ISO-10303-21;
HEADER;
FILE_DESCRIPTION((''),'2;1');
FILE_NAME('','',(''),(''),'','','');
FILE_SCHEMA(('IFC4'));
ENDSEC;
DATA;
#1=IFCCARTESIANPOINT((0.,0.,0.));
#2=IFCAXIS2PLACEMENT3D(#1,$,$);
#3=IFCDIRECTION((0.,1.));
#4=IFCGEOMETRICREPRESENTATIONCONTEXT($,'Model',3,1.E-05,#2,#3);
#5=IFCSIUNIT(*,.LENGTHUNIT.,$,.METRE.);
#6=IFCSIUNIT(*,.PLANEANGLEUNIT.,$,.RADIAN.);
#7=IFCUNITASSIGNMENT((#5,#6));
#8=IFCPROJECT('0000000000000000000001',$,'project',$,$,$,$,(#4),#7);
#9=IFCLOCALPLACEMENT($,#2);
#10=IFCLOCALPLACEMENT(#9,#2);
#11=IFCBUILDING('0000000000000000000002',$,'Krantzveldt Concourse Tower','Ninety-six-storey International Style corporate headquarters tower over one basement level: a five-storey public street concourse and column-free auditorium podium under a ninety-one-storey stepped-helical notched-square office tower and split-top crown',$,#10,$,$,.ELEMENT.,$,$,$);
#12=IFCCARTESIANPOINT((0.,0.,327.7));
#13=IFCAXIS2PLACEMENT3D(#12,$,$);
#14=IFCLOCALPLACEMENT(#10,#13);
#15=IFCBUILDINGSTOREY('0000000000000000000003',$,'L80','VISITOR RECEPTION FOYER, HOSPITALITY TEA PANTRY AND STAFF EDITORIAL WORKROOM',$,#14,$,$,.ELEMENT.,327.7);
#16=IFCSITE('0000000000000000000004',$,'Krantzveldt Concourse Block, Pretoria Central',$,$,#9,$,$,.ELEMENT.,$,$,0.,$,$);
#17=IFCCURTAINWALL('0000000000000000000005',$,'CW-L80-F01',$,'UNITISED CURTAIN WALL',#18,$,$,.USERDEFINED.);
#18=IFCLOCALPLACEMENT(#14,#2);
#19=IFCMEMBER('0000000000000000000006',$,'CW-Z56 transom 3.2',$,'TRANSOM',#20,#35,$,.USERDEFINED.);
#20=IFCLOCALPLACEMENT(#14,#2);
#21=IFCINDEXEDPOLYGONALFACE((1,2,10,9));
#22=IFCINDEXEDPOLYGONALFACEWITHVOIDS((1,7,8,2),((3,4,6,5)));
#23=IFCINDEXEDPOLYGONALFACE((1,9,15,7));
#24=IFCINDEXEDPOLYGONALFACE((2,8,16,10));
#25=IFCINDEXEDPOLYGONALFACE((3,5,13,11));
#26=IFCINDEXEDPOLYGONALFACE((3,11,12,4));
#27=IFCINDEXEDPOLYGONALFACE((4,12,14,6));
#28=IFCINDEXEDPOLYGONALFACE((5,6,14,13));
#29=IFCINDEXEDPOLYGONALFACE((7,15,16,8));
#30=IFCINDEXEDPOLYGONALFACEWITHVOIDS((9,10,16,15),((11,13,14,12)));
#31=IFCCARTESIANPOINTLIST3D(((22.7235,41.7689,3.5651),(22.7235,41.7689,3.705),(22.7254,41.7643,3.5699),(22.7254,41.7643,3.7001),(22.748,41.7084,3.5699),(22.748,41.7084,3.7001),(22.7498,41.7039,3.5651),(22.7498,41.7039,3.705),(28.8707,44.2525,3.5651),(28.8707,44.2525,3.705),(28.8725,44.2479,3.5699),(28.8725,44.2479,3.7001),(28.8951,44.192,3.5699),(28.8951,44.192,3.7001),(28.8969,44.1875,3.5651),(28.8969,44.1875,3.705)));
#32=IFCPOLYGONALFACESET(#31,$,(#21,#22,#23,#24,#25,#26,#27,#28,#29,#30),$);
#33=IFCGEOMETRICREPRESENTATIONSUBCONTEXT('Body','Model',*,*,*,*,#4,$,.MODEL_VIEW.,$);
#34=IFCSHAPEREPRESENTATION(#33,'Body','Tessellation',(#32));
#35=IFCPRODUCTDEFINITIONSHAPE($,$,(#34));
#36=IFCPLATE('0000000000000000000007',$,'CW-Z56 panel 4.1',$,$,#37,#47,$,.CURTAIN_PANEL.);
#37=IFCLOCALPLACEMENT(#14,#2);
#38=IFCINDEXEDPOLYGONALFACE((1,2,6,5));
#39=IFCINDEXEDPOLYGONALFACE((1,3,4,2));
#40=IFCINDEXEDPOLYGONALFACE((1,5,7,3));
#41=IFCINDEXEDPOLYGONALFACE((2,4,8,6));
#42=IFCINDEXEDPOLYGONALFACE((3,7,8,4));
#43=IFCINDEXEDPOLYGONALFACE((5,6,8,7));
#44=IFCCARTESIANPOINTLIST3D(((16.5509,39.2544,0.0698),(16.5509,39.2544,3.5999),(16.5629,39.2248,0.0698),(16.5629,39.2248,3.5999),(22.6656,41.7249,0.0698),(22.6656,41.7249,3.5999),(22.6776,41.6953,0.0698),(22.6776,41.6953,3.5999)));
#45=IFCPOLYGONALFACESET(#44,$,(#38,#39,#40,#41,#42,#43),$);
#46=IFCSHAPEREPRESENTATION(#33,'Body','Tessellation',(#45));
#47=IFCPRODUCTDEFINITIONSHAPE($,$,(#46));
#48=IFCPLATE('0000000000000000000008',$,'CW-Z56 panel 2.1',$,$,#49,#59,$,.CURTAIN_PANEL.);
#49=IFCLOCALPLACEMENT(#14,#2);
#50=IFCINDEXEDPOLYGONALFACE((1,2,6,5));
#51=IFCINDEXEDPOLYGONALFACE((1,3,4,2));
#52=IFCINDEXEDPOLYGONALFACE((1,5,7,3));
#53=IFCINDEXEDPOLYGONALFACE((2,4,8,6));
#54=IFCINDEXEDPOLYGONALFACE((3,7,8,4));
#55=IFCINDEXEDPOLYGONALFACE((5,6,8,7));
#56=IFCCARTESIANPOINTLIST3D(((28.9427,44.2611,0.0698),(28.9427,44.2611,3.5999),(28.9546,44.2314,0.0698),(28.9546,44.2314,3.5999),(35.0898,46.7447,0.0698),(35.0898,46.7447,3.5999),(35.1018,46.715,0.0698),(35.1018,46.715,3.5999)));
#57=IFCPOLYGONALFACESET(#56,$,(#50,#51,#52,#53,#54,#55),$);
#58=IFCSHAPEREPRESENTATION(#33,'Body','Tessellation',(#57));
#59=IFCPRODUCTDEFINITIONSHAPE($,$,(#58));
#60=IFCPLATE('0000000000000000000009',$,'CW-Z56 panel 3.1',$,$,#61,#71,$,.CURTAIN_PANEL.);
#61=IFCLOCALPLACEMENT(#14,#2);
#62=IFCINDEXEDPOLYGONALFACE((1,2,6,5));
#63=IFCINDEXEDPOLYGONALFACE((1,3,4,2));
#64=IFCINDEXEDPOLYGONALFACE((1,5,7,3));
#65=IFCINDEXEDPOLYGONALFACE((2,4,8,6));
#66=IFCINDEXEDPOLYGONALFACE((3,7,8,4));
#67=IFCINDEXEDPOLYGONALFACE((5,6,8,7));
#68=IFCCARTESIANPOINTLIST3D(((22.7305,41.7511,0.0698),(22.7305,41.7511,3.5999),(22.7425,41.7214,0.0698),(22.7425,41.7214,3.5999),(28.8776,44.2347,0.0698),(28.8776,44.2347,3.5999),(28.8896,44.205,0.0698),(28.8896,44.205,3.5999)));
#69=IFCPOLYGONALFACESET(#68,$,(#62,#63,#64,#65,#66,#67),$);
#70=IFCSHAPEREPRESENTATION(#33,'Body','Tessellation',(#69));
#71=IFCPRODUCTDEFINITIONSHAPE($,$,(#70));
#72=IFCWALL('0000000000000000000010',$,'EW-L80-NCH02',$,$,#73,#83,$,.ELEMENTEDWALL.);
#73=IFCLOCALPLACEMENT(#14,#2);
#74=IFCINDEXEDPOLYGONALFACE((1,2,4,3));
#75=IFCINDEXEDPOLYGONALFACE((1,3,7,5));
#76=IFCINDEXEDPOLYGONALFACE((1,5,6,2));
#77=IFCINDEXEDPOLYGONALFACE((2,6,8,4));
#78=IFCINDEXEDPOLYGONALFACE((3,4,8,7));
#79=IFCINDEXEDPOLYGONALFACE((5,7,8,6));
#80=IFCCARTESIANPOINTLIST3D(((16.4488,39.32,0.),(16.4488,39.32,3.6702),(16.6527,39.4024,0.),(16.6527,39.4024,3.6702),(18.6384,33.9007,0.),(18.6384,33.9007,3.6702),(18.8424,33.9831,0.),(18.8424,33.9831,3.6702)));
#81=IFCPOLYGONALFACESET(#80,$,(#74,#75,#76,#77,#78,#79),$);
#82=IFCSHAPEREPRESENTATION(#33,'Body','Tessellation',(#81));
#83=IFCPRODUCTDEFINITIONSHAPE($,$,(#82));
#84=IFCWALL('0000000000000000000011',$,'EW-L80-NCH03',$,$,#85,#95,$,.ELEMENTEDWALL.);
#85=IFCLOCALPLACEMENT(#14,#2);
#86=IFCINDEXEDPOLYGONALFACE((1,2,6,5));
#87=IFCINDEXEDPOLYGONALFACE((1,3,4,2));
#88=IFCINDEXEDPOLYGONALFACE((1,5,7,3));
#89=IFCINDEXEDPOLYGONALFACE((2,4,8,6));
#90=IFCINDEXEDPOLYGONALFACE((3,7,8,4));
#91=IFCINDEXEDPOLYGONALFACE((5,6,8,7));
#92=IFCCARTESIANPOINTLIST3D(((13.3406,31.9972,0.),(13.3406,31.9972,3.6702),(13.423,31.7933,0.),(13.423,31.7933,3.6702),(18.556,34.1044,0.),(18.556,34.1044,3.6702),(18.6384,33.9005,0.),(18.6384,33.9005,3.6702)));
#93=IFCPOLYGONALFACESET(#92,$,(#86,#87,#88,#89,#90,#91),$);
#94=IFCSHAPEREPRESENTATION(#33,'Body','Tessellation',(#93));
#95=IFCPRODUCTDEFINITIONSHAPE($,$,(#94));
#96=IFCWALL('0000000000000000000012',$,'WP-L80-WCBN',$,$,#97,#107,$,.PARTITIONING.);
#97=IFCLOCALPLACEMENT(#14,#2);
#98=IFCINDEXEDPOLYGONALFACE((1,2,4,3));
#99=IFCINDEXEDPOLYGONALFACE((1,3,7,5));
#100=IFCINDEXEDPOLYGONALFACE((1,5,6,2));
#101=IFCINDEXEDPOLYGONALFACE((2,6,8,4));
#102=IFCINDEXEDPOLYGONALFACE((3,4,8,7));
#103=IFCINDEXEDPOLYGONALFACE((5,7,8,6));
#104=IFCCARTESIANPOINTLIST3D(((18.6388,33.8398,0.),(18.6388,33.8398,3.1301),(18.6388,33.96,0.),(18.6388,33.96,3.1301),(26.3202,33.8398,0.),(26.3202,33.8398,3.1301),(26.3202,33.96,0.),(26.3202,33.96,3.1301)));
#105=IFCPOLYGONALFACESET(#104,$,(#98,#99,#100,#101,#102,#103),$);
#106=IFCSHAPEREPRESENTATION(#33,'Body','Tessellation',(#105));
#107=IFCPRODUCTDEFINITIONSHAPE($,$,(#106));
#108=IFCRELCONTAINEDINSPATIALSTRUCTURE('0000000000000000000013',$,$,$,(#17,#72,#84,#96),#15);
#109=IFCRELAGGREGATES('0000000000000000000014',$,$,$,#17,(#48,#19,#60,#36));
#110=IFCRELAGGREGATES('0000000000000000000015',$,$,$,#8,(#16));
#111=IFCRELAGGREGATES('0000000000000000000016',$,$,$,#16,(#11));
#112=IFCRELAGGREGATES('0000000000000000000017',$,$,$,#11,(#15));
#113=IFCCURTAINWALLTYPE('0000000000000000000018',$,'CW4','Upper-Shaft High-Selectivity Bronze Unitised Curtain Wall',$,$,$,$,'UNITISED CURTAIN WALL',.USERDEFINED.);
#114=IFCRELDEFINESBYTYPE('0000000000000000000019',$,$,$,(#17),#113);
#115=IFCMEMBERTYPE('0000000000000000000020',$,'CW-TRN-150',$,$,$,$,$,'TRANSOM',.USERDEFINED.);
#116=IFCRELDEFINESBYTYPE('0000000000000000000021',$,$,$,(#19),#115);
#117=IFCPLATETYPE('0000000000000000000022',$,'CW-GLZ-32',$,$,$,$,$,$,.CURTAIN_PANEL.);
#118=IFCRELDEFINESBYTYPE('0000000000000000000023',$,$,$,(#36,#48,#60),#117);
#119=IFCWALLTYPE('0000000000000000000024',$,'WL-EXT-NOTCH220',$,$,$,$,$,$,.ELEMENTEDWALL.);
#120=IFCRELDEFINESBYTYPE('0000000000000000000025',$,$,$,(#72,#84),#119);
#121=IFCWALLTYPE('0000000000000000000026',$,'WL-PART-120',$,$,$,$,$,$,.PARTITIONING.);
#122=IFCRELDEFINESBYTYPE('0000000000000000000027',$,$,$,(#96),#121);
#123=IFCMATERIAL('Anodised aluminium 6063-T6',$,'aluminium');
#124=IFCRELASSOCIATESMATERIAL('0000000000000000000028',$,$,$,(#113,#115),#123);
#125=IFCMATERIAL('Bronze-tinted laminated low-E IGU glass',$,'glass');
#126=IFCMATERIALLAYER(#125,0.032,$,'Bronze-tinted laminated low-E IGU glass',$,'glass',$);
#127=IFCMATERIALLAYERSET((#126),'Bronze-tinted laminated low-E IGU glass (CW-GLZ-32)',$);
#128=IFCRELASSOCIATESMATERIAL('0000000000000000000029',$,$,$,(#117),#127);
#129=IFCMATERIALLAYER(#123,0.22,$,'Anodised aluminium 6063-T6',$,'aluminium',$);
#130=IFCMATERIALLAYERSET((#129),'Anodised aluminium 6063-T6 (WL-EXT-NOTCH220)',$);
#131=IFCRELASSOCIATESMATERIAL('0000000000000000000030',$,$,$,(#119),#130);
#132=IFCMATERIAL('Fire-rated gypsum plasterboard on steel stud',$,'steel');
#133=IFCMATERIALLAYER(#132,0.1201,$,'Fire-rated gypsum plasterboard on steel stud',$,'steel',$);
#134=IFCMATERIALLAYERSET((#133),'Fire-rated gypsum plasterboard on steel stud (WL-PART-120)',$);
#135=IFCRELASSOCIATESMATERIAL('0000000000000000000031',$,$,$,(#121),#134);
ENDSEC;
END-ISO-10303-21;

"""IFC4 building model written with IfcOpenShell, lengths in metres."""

from ifc_helpers import new_model, si_unit, direction, frame, frame_2d, origin, origin_2d, place, context, subcontext, project, spatial, rectangle, hollow_rectangle, extrude, source, transform, mapped, material, layer, layer_set, material_profile, profile_set, type_object, type_shapes, element, aggregate, save


model = new_model("IFC4")

# Units and contexts
model_context = context("Model", 3, precision=1e-05, world=origin(), true_north=direction((0.0, 1.0)))
body_context = subcontext(model_context, "Body", "Model", "MODEL_VIEW")
ifc_project = project(units=[si_unit("LENGTHUNIT", "METRE"), si_unit("PLANEANGLEUNIT", "RADIAN")], contexts=[model_context])

# Site, building, storey
site_placement = place(None, origin())
site = spatial("IfcSite", under=ifc_project, at=site_placement, Name="Krantzveldt Concourse Block, Pretoria Central", CompositionType="ELEMENT", RefElevation=0.0)
building_placement = place(site_placement, origin())
building = spatial("IfcBuilding", under=site, at=building_placement, Name="Krantzveldt Concourse Tower", Description="Ninety-six-storey International Style corporate headquarters tower over one basement level: a five-storey public street concourse and column-free auditorium podium under a ninety-one-storey stepped-helical notched-square office tower and split-top crown", CompositionType="ELEMENT")
storey_placement = place(building_placement, frame((0.0, 0.0, 327.7)))
storey = spatial("IfcBuildingStorey", under=building, at=storey_placement, Name="L80", Description="VISITOR RECEPTION FOYER, HOSPITALITY TEA PANTRY AND STAFF EDITORIAL WORKROOM", CompositionType="ELEMENT", Elevation=327.7)

# Curtain wall
ifc_material_1 = material(Name="Anodised aluminium 6063-T6", Category="aluminium")
curtain_wall_type = type_object("IfcCurtainWallType", Name="CW4", Description="Upper-Shaft High-Selectivity Bronze Unitised Curtain Wall", ElementType="UNITISED CURTAIN WALL", PredefinedType="USERDEFINED", material=ifc_material_1)
curtain_wall_1_placement = place(storey_placement, origin())
curtain_wall_1 = element("IfcCurtainWall", 1, at=curtain_wall_1_placement, inside=storey, type_object=curtain_wall_type, Name="CW-L80-F01", ObjectType="UNITISED CURTAIN WALL", PredefinedType="USERDEFINED")

# Member
ifc_material_profile_1 = material_profile(ifc_material_1, hollow_rectangle(XDim=0.0701, YDim=0.1399, WallThickness=0.0049, at=origin_2d()), Name="Anodised aluminium 6063-T6", Category="aluminium")
ifc_profile_set_1 = profile_set([ifc_material_profile_1], Name="Anodised aluminium 6063-T6 - ALU-TRAN 140x70x5")
member_type_1 = type_object("IfcMemberType", Name="CW-TRN-150", ElementType="TRANSOM", PredefinedType="USERDEFINED", material=ifc_profile_set_1)
shared_shape_1 = source(origin(), body_context, "Body", "SweptSolid", [
    extrude(hollow_rectangle(XDim=0.0701, YDim=0.1399, WallThickness=0.0049, at=origin_2d()), origin(), (0.0, 0.0, 1.0), 6.6299),
])
member_1_placement = place(storey_placement, frame((28.8838, 44.22, 3.635), z_axis=(-0.927184, -0.374607, 0.0), x_axis=(0.374607, -0.927184, 0.0)))
member_1 = element("IfcMember", 2, at=member_1_placement, type_object=member_type_1, Name="CW-Z56 transom 3.2", ObjectType="TRANSOM", PredefinedType="USERDEFINED", context=body_context, shape_type="MappedRepresentation", body=[
    mapped(shared_shape_1, transform((0.0, 0.0, 0.0), x_axis=(1.0, 0.0, 0.0), y_axis=(0.0, 1.0, 0.0), z_axis=(0.0, 0.0, 1.0), scale=1.0)),
])

# Plates
ifc_material_2 = material(Name="Bronze-tinted laminated low-E IGU glass", Category="glass")
ifc_layer_1 = layer(ifc_material_2, 0.032, Name="Bronze-tinted laminated low-E IGU glass", Category="glass")
ifc_layer_set_1 = layer_set([ifc_layer_1], Name="Bronze-tinted laminated low-E IGU glass (CW-GLZ-32)")
plate_type = type_object("IfcPlateType", Name="CW-GLZ-32", PredefinedType="CURTAIN_PANEL", material=ifc_layer_set_1)
shared_shape_2 = source(origin(), body_context, "Body", "SweptSolid", [
    extrude(rectangle(XDim=6.595, YDim=0.032, at=origin_2d()), origin(), (0.0, 0.0, 1.0), 3.53),
])
plate_1_placement = place(storey_placement, frame((19.6143, 40.4749, 0.0698), z_axis=(0.0, 0.0, 1.0), x_axis=(-0.927184, -0.374607, 0.0)))
plate_1 = element("IfcPlate", 3, at=plate_1_placement, type_object=plate_type, Name="CW-Z56 panel 4.1", PredefinedType="CURTAIN_PANEL", context=body_context, shape_type="MappedRepresentation", body=[
    mapped(shared_shape_2, transform((0.0, 0.0, 0.0), x_axis=(1.0, 0.0, 0.0), y_axis=(0.0, 1.0, 0.0), z_axis=(0.0, 0.0, 1.0), scale=1.0)),
])
shared_shape_3 = source(origin(), body_context, "Body", "SweptSolid", [
    extrude(rectangle(XDim=6.6299, YDim=0.032, at=origin_2d()), origin(), (0.0, 0.0, 1.0), 3.53),
])
type_shapes(plate_type, [shared_shape_2, shared_shape_3])
plate_2_placement = place(storey_placement, frame((32.0222, 45.488, 0.0698), z_axis=(0.0, 0.0, 1.0), x_axis=(-0.927184, -0.374607, 0.0)))
plate_2 = element("IfcPlate", 4, at=plate_2_placement, type_object=plate_type, Name="CW-Z56 panel 2.1", PredefinedType="CURTAIN_PANEL", context=body_context, shape_type="MappedRepresentation", body=[
    mapped(shared_shape_3, transform((0.0, 0.0, 0.0), x_axis=(1.0, 0.0, 0.0), y_axis=(0.0, 1.0, 0.0), z_axis=(0.0, 0.0, 1.0), scale=1.0)),
])
plate_3_placement = place(storey_placement, frame((25.8101, 42.978, 0.0698), z_axis=(0.0, 0.0, 1.0), x_axis=(-0.927184, -0.374607, 0.0)))
plate_3 = element("IfcPlate", 5, at=plate_3_placement, type_object=plate_type, Name="CW-Z56 panel 3.1", PredefinedType="CURTAIN_PANEL", context=body_context, shape_type="MappedRepresentation", body=[
    mapped(shared_shape_3, transform((0.0, 0.0, 0.0), x_axis=(1.0, 0.0, 0.0), y_axis=(0.0, 1.0, 0.0), z_axis=(0.0, 0.0, 1.0), scale=1.0)),
])
aggregate(curtain_wall_1, [plate_2, member_1, plate_3, plate_1])

# Walls
ifc_layer_2 = layer(ifc_material_1, 0.22, Name="Anodised aluminium 6063-T6", Category="aluminium")
ifc_layer_set_2 = layer_set([ifc_layer_2], Name="Anodised aluminium 6063-T6 (WL-EXT-NOTCH220)")
wall_type_1 = type_object("IfcWallType", Name="WL-EXT-NOTCH220", PredefinedType="ELEMENTEDWALL", material=ifc_layer_set_2)
wall_1_placement = place(storey_placement, frame((16.5508, 39.3611, 0.0), z_axis=(0.0, 0.0, 1.0), x_axis=(0.374622, -0.927178, 0.0)))
element("IfcWall", 6, at=wall_1_placement, inside=storey, type_object=wall_type_1, Name="EW-L80-NCH02", PredefinedType="ELEMENTEDWALL", context=body_context, shape_type="SweptSolid", body=[
    extrude(rectangle(XDim=5.845, YDim=0.22, at=frame_2d((2.9224, 0.0))), origin(), (0.0, 0.0, 1.0), 3.6702),
])
wall_2_placement = place(storey_placement, frame((18.5972, 34.0024, 0.0), z_axis=(0.0, 0.0, 1.0), x_axis=(-0.927181, -0.374614, 0.0)))
element("IfcWall", 7, at=wall_2_placement, inside=storey, type_object=wall_type_1, Name="EW-L80-NCH03", PredefinedType="ELEMENTEDWALL", context=body_context, shape_type="SweptSolid", body=[
    extrude(rectangle(XDim=5.625, YDim=0.22, at=frame_2d((2.8125, 0.0))), origin(), (0.0, 0.0, 1.0), 3.6702),
])
ifc_material_3 = material(Name="Fire-rated gypsum plasterboard on steel stud", Category="steel")
ifc_layer_3 = layer(ifc_material_3, 0.1201, Name="Fire-rated gypsum plasterboard on steel stud", Category="steel")
ifc_layer_set_3 = layer_set([ifc_layer_3], Name="Fire-rated gypsum plasterboard on steel stud (WL-PART-120)")
wall_type_2 = type_object("IfcWallType", Name="WL-PART-120", PredefinedType="PARTITIONING", material=ifc_layer_set_3)
wall_3_placement = place(storey_placement, frame((18.6387, 33.8999, 0.0), z_axis=(0.0, 0.0, 1.0), x_axis=(1.0, 0.0, 0.0)))
element("IfcWall", 8, at=wall_3_placement, inside=storey, type_object=wall_type_2, Name="WP-L80-WCBN", PredefinedType="PARTITIONING", context=body_context, shape_type="SweptSolid", body=[
    extrude(rectangle(XDim=7.6814, YDim=0.1201, at=frame_2d((3.8408, 0.0))), origin(), (0.0, 0.0, 1.0), 3.1301),
])

save(model, "model.ifc")
